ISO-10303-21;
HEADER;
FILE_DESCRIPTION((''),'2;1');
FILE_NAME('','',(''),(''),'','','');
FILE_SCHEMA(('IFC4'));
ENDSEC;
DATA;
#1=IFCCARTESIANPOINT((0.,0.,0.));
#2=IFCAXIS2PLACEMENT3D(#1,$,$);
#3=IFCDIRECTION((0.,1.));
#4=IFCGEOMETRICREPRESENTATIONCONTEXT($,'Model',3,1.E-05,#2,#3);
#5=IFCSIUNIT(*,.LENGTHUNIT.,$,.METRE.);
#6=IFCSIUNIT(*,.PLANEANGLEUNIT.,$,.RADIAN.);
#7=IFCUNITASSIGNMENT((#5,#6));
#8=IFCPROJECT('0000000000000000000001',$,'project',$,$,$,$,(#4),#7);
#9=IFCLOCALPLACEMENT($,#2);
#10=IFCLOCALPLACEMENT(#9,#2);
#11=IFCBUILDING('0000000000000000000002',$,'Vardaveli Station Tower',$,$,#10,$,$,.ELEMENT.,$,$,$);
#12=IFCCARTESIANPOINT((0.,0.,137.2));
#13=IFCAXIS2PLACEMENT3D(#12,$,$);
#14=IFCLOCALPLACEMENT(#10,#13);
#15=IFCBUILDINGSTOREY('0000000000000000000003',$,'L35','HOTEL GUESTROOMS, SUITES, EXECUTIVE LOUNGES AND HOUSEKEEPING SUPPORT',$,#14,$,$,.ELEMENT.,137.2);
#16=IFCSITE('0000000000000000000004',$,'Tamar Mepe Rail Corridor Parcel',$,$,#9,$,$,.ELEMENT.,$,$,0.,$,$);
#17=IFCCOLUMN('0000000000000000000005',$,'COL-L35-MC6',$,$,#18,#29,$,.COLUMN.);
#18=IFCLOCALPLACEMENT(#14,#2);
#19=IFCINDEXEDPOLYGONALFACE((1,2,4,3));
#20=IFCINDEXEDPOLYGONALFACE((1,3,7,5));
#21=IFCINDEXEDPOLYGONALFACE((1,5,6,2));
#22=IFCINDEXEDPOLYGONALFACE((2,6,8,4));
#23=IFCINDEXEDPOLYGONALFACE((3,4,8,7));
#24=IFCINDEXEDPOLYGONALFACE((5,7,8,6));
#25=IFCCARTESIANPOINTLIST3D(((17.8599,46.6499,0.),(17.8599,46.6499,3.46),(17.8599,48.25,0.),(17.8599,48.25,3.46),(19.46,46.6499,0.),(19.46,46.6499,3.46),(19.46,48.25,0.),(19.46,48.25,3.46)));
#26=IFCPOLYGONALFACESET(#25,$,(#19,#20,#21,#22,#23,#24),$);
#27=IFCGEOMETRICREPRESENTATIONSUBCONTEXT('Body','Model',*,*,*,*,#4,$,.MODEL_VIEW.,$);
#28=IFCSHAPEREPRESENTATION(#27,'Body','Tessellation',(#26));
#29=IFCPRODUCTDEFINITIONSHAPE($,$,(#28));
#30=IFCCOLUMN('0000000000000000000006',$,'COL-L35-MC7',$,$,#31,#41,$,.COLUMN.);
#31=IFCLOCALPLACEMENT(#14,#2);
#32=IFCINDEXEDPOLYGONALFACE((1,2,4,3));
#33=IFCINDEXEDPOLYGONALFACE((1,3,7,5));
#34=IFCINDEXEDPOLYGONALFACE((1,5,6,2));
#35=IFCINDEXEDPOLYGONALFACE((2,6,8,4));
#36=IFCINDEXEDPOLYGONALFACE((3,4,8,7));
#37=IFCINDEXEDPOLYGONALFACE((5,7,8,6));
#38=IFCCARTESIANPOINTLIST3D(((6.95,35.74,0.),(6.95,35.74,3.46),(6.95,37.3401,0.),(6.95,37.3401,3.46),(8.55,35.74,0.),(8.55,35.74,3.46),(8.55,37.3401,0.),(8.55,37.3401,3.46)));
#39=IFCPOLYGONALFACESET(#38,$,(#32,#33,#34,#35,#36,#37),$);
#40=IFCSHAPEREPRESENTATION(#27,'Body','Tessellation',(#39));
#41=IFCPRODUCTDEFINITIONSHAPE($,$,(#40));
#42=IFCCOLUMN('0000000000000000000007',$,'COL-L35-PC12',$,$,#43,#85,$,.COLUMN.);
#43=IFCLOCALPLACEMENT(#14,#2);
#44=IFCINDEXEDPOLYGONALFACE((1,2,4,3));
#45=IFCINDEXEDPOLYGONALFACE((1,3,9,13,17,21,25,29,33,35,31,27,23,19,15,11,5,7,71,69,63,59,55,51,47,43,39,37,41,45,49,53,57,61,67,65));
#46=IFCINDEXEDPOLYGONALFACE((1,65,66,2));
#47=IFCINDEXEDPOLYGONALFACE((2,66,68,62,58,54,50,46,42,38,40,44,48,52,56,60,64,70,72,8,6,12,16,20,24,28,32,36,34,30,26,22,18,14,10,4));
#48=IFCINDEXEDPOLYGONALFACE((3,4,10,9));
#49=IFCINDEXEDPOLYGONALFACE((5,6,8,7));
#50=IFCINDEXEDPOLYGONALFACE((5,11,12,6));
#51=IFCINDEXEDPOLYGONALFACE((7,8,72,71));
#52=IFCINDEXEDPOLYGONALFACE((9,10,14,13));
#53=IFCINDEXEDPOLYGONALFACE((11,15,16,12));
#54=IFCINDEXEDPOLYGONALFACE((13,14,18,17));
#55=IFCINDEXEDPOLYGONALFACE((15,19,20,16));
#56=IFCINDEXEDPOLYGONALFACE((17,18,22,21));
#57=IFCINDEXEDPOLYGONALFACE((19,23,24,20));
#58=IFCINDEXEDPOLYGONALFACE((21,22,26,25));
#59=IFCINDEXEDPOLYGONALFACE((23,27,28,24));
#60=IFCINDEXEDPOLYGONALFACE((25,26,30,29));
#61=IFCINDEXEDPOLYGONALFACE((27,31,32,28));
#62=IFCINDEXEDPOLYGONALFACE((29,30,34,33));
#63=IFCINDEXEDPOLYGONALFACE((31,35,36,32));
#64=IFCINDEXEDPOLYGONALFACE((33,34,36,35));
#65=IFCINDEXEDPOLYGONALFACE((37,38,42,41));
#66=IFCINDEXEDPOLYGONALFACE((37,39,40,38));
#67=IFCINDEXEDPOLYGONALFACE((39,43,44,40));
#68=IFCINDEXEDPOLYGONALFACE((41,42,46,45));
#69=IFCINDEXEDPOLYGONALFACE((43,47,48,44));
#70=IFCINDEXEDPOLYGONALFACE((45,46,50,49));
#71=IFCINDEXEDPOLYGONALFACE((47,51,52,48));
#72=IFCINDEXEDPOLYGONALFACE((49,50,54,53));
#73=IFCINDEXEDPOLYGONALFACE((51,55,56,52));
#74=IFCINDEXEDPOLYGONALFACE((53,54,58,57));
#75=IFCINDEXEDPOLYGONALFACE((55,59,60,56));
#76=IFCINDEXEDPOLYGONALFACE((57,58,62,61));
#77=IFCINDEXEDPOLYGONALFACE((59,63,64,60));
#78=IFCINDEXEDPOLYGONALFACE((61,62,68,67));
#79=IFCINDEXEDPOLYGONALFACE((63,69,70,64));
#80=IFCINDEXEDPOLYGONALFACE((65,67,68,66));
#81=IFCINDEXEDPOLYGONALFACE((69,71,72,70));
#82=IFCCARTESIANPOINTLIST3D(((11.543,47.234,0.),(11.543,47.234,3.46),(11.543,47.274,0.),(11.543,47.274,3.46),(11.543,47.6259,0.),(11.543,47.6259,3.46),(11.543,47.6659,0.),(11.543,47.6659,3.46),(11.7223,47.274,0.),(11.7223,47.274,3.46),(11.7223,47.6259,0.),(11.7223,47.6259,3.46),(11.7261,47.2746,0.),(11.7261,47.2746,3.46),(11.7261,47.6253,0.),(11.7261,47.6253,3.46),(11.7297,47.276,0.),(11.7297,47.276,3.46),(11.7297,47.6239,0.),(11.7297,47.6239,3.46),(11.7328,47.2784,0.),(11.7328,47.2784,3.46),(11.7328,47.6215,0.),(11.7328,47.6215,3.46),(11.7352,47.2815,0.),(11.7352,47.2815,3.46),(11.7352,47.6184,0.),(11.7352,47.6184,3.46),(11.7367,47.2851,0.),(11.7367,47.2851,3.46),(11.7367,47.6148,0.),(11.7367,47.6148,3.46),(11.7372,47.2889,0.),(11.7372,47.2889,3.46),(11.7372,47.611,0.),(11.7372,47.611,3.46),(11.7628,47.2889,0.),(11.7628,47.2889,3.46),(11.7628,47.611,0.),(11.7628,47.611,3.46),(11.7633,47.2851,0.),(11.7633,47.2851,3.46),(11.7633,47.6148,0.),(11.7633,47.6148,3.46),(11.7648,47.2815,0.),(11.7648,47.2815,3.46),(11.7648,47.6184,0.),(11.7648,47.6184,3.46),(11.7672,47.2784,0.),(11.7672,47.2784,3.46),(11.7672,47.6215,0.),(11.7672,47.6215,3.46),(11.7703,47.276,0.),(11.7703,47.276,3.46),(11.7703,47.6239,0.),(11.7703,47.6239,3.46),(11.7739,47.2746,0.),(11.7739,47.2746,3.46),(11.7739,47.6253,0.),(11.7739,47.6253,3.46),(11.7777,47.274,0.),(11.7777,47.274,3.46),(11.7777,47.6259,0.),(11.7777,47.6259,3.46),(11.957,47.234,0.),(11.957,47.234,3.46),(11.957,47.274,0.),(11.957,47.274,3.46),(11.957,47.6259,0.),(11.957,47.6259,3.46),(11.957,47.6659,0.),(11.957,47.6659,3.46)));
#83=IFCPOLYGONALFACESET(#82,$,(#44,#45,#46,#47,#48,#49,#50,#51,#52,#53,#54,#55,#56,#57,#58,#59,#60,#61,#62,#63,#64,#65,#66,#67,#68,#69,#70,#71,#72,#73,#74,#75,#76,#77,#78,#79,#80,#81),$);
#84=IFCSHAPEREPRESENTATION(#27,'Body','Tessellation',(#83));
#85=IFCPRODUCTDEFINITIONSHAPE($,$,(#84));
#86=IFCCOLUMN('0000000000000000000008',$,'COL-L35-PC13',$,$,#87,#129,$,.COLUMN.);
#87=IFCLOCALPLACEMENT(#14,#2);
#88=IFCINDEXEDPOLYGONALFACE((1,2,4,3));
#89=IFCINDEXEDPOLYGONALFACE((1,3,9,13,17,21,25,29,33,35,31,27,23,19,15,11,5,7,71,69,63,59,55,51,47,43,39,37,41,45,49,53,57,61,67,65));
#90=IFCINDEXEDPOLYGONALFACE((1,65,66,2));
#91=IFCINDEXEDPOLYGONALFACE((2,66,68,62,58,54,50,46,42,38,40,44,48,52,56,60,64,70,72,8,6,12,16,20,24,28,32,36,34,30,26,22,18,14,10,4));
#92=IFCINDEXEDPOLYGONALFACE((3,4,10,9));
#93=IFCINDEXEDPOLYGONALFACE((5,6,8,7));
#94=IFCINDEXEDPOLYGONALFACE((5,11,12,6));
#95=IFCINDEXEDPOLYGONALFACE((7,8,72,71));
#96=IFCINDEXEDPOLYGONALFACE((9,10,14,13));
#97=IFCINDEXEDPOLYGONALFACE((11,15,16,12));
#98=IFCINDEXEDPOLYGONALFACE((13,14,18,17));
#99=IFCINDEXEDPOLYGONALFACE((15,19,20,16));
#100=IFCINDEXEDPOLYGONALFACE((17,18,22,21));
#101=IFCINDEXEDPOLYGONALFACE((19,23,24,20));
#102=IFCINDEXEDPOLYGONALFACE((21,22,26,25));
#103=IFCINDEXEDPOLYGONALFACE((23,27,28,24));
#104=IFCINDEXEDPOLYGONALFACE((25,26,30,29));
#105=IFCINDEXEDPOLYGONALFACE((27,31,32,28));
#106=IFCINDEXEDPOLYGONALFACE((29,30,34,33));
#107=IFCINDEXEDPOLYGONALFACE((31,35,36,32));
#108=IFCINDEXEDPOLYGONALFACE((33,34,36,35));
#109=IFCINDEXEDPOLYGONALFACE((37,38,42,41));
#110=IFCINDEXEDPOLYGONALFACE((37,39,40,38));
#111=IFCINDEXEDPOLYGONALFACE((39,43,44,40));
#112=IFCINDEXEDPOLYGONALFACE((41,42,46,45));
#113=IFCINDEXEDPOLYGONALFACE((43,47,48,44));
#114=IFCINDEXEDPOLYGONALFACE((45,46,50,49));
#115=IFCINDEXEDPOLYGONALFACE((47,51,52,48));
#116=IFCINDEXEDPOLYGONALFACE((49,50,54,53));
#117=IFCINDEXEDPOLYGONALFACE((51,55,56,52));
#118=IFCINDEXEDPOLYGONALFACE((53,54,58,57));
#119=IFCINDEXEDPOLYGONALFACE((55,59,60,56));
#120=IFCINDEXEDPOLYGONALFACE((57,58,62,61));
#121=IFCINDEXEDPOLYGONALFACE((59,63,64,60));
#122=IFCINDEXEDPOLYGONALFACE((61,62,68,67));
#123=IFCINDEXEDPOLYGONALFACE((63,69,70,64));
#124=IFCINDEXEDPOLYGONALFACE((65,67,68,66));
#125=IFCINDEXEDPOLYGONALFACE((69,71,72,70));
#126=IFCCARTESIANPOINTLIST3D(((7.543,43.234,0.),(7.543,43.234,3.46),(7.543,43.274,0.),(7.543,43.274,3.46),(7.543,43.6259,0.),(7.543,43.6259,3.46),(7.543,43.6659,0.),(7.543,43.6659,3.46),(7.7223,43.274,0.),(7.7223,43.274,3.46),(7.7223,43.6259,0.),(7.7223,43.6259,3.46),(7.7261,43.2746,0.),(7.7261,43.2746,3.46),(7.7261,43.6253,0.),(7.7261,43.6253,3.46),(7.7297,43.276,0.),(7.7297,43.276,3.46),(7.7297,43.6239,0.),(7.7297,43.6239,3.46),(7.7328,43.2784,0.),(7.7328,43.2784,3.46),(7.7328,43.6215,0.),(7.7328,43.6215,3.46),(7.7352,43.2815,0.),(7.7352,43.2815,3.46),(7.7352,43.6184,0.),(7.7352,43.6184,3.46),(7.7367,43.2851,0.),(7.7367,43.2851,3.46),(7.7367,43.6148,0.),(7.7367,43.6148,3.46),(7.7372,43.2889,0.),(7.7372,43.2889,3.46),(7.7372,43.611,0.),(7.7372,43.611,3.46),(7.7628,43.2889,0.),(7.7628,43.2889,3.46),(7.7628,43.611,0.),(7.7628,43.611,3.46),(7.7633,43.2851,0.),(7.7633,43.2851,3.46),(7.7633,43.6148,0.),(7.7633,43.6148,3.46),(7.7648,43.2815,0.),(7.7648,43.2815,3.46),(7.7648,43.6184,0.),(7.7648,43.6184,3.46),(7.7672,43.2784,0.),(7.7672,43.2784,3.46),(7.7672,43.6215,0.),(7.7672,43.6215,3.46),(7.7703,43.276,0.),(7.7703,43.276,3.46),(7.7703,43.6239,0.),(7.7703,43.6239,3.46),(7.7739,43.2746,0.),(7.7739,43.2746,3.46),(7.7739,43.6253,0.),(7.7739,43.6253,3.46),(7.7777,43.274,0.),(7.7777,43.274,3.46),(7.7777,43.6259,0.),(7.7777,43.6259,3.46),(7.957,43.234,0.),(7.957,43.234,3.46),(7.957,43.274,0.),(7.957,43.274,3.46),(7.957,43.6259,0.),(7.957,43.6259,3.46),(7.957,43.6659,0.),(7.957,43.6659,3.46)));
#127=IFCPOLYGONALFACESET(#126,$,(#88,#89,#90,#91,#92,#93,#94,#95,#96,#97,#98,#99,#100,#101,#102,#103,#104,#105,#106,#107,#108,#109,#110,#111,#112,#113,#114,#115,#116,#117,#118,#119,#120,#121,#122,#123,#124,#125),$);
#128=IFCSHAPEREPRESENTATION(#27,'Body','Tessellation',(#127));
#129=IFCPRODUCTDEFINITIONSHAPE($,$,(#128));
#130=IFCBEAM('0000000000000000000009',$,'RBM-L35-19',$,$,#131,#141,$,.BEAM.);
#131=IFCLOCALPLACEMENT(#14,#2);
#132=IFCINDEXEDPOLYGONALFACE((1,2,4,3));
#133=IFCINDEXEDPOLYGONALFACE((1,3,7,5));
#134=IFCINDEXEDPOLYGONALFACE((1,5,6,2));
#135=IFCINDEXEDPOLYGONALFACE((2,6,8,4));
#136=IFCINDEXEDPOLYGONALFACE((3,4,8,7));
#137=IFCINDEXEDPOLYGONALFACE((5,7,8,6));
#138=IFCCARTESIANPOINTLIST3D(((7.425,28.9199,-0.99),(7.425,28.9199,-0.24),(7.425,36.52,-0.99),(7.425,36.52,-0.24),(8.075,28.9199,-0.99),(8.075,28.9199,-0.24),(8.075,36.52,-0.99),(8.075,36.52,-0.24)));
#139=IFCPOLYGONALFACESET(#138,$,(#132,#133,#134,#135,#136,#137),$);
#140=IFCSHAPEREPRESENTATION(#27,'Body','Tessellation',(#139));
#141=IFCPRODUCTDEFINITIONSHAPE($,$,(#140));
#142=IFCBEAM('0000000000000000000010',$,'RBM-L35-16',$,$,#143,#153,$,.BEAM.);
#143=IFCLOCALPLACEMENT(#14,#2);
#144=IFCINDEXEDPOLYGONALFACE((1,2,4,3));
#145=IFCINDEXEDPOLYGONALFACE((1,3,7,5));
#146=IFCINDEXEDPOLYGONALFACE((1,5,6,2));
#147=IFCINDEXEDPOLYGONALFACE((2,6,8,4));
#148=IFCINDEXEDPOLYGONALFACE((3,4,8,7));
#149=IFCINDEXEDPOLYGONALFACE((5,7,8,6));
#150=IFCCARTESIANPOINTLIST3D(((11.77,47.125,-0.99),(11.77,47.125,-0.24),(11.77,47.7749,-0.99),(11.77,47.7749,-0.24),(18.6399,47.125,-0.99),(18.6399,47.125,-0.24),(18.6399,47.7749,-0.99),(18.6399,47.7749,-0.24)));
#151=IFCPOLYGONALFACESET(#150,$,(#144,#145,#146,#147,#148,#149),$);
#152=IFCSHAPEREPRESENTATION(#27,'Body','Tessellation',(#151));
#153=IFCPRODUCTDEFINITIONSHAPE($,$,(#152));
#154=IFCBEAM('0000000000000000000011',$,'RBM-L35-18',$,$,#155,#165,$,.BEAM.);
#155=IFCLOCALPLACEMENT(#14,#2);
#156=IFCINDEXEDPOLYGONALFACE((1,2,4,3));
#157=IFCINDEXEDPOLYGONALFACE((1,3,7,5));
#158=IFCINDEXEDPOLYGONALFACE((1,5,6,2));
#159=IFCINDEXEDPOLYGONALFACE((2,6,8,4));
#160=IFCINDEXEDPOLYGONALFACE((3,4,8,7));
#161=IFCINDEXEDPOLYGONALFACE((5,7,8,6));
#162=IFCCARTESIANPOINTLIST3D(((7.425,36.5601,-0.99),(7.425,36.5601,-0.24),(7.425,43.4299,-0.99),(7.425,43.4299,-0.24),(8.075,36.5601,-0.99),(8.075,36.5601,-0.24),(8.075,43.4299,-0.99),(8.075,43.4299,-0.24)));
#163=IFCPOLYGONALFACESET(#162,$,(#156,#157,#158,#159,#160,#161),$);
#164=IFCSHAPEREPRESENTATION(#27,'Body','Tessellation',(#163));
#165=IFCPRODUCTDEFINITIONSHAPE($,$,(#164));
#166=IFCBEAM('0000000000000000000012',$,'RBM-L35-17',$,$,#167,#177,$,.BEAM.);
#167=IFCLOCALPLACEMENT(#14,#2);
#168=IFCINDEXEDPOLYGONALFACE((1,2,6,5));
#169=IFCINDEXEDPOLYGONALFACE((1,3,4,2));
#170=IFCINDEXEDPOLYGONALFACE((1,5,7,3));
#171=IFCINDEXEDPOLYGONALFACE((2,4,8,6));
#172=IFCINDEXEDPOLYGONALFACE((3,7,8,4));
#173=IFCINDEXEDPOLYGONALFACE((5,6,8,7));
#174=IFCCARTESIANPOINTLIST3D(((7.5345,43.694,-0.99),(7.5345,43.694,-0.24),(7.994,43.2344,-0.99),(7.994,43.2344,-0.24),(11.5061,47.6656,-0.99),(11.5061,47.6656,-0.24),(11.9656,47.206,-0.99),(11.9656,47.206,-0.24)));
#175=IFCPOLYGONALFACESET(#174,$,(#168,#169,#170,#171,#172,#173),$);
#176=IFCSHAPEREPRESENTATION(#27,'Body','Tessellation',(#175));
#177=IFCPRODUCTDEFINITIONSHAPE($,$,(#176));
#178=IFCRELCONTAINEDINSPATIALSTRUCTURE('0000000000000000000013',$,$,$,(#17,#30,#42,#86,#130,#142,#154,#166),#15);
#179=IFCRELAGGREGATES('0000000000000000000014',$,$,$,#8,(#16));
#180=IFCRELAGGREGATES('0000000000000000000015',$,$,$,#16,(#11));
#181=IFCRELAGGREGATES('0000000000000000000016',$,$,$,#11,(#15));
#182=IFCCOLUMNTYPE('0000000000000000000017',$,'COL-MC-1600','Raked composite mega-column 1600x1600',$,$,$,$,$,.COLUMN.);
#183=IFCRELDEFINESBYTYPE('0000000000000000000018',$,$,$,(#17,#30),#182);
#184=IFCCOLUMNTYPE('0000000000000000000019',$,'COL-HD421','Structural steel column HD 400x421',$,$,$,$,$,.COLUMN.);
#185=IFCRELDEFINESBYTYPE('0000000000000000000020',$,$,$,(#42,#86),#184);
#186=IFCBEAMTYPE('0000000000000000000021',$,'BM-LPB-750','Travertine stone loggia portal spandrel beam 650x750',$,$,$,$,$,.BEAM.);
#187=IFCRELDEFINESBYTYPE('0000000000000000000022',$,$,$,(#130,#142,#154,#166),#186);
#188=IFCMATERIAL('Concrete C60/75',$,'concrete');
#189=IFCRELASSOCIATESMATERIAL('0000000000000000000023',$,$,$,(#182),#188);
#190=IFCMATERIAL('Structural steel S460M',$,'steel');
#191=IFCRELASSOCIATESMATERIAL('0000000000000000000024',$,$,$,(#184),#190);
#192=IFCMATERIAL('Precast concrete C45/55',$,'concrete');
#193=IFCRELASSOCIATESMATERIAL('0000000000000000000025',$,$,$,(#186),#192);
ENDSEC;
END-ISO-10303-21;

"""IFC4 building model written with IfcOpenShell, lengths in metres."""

from ifc_helpers import new_model, si_unit, direction, frame, origin, origin_2d, place, context, subcontext, project, spatial, rectangle, i_section, extrude, source, transform, mapped, material, material_profile, profile_set, type_object, element, save


model = new_model("IFC4")

# Units and contexts
model_context = context("Model", 3, precision=1e-05, world=origin(), true_north=direction((0.0, 1.0)))
body_context = subcontext(model_context, "Body", "Model", "MODEL_VIEW")
ifc_project = project(units=[si_unit("LENGTHUNIT", "METRE"), si_unit("PLANEANGLEUNIT", "RADIAN")], contexts=[model_context])

# Site, building, storey
site_placement = place(None, origin())
site = spatial("IfcSite", under=ifc_project, at=site_placement, Name="Tamar Mepe Rail Corridor Parcel", CompositionType="ELEMENT", RefElevation=0.0)
building_placement = place(site_placement, origin())
building = spatial("IfcBuilding", under=site, at=building_placement, Name="Vardaveli Station Tower", CompositionType="ELEMENT")
storey_placement = place(building_placement, frame((0.0, 0.0, 137.2)))
storey = spatial("IfcBuildingStorey", under=building, at=storey_placement, Name="L35", Description="HOTEL GUESTROOMS, SUITES, EXECUTIVE LOUNGES AND HOUSEKEEPING SUPPORT", CompositionType="ELEMENT", Elevation=137.2)

# Columns
ifc_material_1 = material(Name="Concrete C60/75", Category="concrete")
ifc_material_profile_1 = material_profile(ifc_material_1, rectangle(XDim=1.6001, YDim=1.6001, at=origin_2d()), Name="MC 1600x1600")
ifc_profile_set_1 = profile_set([ifc_material_profile_1], Name="Concrete C60/75")
column_type_1 = type_object("IfcColumnType", Name="COL-MC-1600", Description="Raked composite mega-column 1600x1600", PredefinedType="COLUMN", material=ifc_profile_set_1)
shared_shape_1 = source(origin(), body_context, "Body", "SweptSolid", [
    extrude(rectangle(XDim=1.6001, YDim=1.6001, at=origin_2d()), origin(), (0.0, 0.0, 1.0), 3.46),
])
for number, where, z_axis, x_axis, name in (
    (1, (18.6599, 47.45, 0.0), (0.0, 0.0, 1.0), (1.0, 0.0, 0.0), "COL-L35-MC6"),
    (2, (7.75, 36.54, 0.0), (0.0, 0.0, 1.0), (1.0, 0.0, 0.0), "COL-L35-MC7"),
):
    element("IfcColumn", number, at=place(storey_placement, frame(where, z_axis=z_axis, x_axis=x_axis)), inside=storey, type_object=column_type_1, Name=name, PredefinedType="COLUMN", context=body_context, shape_type="MappedRepresentation", body=[
        mapped(shared_shape_1, transform((0.0, 0.0, 0.0), scale=1.0)),
    ])
ifc_material_2 = material(Name="Structural steel S460M", Category="steel")
ifc_material_profile_2 = material_profile(ifc_material_2, i_section(OverallWidth=0.4141, OverallDepth=0.4319, WebThickness=0.0256, FlangeThickness=0.04, FilletRadius=0.0149, at=origin_2d()), Name="HD 400x421")
ifc_profile_set_2 = profile_set([ifc_material_profile_2], Name="Structural steel S460M")
column_type_2 = type_object("IfcColumnType", Name="COL-HD421", Description="Structural steel column HD 400x421", PredefinedType="COLUMN", material=ifc_profile_set_2)
shared_shape_2 = source(origin(), body_context, "Body", "SweptSolid", [
    extrude(i_section(OverallWidth=0.4141, OverallDepth=0.4319, WebThickness=0.0256, FlangeThickness=0.04, FilletRadius=0.0149, at=origin_2d()), origin(), (0.0, 0.0, 1.0), 3.46),
])
for number, where, z_axis, x_axis, name in (
    (3, (11.75, 47.45, 0.0), (0.0, 0.0, 1.0), (1.0, 0.0, 0.0), "COL-L35-PC12"),
    (4, (7.75, 43.45, 0.0), (0.0, 0.0, 1.0), (1.0, 0.0, 0.0), "COL-L35-PC13"),
):
    element("IfcColumn", number, at=place(storey_placement, frame(where, z_axis=z_axis, x_axis=x_axis)), inside=storey, type_object=column_type_2, Name=name, PredefinedType="COLUMN", context=body_context, shape_type="MappedRepresentation", body=[
        mapped(shared_shape_2, transform((0.0, 0.0, 0.0), scale=1.0)),
    ])

# Beams
ifc_material_3 = material(Name="Precast concrete C45/55", Category="concrete")
ifc_material_profile_3 = material_profile(ifc_material_3, rectangle(XDim=0.6499, YDim=0.75, at=origin_2d()), Name="LPB 650x750")
ifc_profile_set_3 = profile_set([ifc_material_profile_3], Name="Precast concrete C45/55")
beam_type = type_object("IfcBeamType", Name="BM-LPB-750", Description="Travertine stone loggia portal spandrel beam 650x750", PredefinedType="BEAM", material=ifc_profile_set_3)
shared_shape_3 = source(origin(), body_context, "Body", "SweptSolid", [
    extrude(rectangle(XDim=0.6499, YDim=0.75, at=origin_2d()), origin(), (0.0, 0.0, 1.0), 7.6001),
])
beam_1_placement = place(storey_placement, frame((7.75, 36.52, -0.615), z_axis=(0.0, -1.0, 0.0), x_axis=(1.0, 0.0, 0.0)))
element("IfcBeam", 5, at=beam_1_placement, inside=storey, type_object=beam_type, Name="RBM-L35-19", PredefinedType="BEAM", context=body_context, shape_type="MappedRepresentation", body=[
    mapped(shared_shape_3, transform((0.0, 0.0, 0.0), scale=1.0)),
])
shared_shape_4 = source(origin(), body_context, "Body", "SweptSolid", [
    extrude(rectangle(XDim=0.6499, YDim=0.75, at=origin_2d()), origin(), (0.0, 0.0, 1.0), 6.8699),
])
for number, where, z_axis, x_axis, name in (
    (6, (18.6399, 47.45, -0.615), (-1.0, 0.0, 0.0), (0.0, -1.0, 0.0), "RBM-L35-16"),
    (7, (7.75, 43.4299, -0.615), (0.0, -1.0, 0.0), (1.0, 0.0, 0.0), "RBM-L35-18"),
):
    element("IfcBeam", number, at=place(storey_placement, frame(where, z_axis=z_axis, x_axis=x_axis)), inside=storey, type_object=beam_type, Name=name, PredefinedType="BEAM", context=body_context, shape_type="MappedRepresentation", body=[
        mapped(shared_shape_4, transform((0.0, 0.0, 0.0), scale=1.0)),
    ])
shared_shape_5 = source(origin(), body_context, "Body", "SweptSolid", [
    extrude(rectangle(XDim=0.6499, YDim=0.75, at=origin_2d()), origin(), (0.0, 0.0, 1.0), 5.6167),
])
beam_2_placement = place(storey_placement, frame((11.7358, 47.4358, -0.615), z_axis=(-0.707107, -0.707107, 0.0), x_axis=(0.707107, -0.707107, 0.0)))
element("IfcBeam", 8, at=beam_2_placement, inside=storey, type_object=beam_type, Name="RBM-L35-17", PredefinedType="BEAM", context=body_context, shape_type="MappedRepresentation", body=[
    mapped(shared_shape_5, transform((0.0, 0.0, 0.0), scale=1.0)),
])

save(model, "model.ifc")
